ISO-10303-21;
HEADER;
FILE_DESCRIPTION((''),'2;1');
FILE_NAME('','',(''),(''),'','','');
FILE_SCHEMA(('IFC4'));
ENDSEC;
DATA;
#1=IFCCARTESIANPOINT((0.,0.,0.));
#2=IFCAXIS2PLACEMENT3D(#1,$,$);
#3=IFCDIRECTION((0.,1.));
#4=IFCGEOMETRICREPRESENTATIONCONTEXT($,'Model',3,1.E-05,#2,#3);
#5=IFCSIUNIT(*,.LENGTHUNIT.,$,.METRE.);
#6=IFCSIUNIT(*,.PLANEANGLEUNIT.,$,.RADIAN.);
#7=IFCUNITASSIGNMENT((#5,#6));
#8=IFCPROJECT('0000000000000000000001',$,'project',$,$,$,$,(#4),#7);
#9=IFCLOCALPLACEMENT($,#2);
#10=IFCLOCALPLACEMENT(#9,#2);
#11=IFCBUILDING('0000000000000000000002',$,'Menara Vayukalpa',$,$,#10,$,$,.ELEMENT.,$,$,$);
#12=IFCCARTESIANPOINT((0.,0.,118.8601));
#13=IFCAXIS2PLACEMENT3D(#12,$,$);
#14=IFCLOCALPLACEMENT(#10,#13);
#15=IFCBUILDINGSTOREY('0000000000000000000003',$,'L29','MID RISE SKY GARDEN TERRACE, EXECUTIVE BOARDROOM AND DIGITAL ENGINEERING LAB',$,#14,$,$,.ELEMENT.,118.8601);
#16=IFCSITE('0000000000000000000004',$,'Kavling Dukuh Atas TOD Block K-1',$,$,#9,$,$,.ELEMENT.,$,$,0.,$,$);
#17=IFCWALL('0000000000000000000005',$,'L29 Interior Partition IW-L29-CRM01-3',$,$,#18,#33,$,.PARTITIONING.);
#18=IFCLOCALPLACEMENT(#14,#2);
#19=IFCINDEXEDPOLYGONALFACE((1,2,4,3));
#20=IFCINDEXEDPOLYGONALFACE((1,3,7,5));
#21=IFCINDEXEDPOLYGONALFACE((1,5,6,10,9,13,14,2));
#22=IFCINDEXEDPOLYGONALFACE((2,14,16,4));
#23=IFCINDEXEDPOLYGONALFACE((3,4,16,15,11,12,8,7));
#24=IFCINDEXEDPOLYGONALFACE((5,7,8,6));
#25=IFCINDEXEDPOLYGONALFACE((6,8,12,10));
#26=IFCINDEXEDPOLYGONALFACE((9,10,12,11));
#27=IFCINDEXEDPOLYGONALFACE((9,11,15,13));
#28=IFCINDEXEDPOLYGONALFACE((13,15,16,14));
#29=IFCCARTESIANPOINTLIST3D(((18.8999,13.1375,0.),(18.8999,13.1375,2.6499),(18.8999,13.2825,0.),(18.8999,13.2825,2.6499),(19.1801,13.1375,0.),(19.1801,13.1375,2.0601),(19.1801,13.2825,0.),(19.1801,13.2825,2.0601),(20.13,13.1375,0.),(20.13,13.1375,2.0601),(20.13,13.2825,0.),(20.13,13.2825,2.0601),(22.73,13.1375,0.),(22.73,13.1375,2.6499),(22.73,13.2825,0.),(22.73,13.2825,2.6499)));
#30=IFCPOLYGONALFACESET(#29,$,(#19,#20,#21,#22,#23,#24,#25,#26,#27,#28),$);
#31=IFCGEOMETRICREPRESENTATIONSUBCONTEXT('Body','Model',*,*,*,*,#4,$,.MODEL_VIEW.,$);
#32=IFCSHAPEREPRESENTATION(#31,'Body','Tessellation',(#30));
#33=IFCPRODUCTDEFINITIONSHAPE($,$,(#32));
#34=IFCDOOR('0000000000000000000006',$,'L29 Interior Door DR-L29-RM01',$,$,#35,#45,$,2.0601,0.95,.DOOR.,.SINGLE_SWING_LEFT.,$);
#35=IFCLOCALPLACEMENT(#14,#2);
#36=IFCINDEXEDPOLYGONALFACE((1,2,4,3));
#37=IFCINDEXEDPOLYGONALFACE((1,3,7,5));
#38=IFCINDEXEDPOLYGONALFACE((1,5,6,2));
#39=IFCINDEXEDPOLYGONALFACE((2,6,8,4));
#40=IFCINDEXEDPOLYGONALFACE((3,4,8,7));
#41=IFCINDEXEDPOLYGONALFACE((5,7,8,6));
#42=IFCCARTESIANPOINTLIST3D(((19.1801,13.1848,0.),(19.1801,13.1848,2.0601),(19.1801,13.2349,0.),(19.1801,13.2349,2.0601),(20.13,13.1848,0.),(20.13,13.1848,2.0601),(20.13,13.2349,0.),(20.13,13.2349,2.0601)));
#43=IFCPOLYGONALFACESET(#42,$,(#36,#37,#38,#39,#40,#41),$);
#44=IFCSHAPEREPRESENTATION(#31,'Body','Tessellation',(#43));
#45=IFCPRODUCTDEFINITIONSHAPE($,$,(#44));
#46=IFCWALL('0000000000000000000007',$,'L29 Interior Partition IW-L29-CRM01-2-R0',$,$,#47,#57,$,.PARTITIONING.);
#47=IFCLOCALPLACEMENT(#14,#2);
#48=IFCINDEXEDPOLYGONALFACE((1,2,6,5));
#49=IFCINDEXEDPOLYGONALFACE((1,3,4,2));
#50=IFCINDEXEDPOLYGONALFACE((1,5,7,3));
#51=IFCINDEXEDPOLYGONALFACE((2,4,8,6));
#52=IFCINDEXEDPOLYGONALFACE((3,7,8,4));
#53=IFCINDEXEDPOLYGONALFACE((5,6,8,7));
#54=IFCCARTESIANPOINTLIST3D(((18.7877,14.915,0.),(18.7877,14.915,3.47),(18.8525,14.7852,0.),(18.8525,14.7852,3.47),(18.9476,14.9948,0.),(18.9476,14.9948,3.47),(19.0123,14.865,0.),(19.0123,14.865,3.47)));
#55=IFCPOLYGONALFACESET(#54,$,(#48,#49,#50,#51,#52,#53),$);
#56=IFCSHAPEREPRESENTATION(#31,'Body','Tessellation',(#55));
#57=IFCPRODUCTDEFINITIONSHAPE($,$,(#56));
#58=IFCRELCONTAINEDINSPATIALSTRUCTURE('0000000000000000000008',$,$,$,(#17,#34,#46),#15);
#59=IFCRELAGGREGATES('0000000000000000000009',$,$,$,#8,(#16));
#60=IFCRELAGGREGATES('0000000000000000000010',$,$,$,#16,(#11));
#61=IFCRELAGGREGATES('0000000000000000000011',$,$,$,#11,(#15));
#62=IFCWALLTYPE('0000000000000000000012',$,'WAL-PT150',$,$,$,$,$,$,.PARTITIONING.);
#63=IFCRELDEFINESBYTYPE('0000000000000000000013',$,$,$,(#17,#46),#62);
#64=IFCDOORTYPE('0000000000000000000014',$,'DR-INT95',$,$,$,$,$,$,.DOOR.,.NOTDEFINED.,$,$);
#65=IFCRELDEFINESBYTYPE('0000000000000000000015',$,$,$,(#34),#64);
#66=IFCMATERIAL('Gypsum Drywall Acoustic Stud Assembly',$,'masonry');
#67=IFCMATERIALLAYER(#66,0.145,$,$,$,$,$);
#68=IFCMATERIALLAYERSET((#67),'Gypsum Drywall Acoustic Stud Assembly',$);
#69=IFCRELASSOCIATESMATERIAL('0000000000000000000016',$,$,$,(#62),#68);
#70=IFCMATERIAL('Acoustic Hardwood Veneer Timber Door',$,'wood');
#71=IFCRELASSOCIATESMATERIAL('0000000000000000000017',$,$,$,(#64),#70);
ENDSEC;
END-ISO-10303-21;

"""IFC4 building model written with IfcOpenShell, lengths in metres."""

from ifc_helpers import new_model, si_unit, direction, frame, frame_2d, origin, place, context, subcontext, project, spatial, rectangle, extrude, material, layer, layer_set, type_object, element, fill, save


model = new_model("IFC4")

# Units and contexts
model_context = context("Model", 3, precision=1e-05, world=origin(), true_north=direction((0.0, 1.0)))
body_context = subcontext(model_context, "Body", "Model", "MODEL_VIEW")
ifc_project = project(units=[si_unit("LENGTHUNIT", "METRE"), si_unit("PLANEANGLEUNIT", "RADIAN")], contexts=[model_context])

# Site, building, storey
site_placement = place(None, origin())
site = spatial("IfcSite", under=ifc_project, at=site_placement, Name="Kavling Dukuh Atas TOD Block K-1", CompositionType="ELEMENT", RefElevation=0.0)
building_placement = place(site_placement, origin())
building = spatial("IfcBuilding", under=site, at=building_placement, Name="Menara Vayukalpa", CompositionType="ELEMENT")
storey_placement = place(building_placement, frame((0.0, 0.0, 118.8601)))
storey = spatial("IfcBuildingStorey", under=building, at=storey_placement, Name="L29", Description="MID RISE SKY GARDEN TERRACE, EXECUTIVE BOARDROOM AND DIGITAL ENGINEERING LAB", CompositionType="ELEMENT", Elevation=118.8601)

# Shared definitions
ifc_material_1 = material(Name="Gypsum Drywall Acoustic Stud Assembly", Category="masonry")
ifc_layer_1 = layer(ifc_material_1, 0.145)
ifc_layer_set_1 = layer_set([ifc_layer_1], Name="Gypsum Drywall Acoustic Stud Assembly")
wall_type_1 = type_object("IfcWallType", Name="WAL-PT150", PredefinedType="PARTITIONING", material=ifc_layer_set_1)
ifc_material_2 = material(Name="Acoustic Hardwood Veneer Timber Door", Category="wood")
door_type_1 = type_object("IfcDoorType", Name="DR-INT95", OperationType="NOTDEFINED", PredefinedType="DOOR", material=ifc_material_2)

# Wall, opening, door
wall_1_placement = place(storey_placement, frame((18.8999, 13.21, 0.0), z_axis=(0.0, 0.0, 1.0), x_axis=(1.0, 0.0, 0.0)))
wall_1 = element("IfcWall", 1, at=wall_1_placement, inside=storey, type_object=wall_type_1, Name="L29 Interior Partition IW-L29-CRM01-3", PredefinedType="PARTITIONING", context=body_context, shape_type="SweptSolid", body=[
    extrude(rectangle(XDim=3.8301, YDim=0.145, at=frame_2d((1.915, 0.0))), origin(), (0.0, 0.0, 1.0), 2.6499),
])
opening_1_placement = place(wall_1_placement, frame((0.28, 0.0, 0.0)))
opening_1 = element("IfcOpeningElement", 2, at=opening_1_placement, cuts=wall_1, PredefinedType="OPENING", context=body_context, shape_type="SweptSolid", body=[
    extrude(rectangle(XDim=0.95, YDim=2.0601, at=frame_2d((0.4751, 1.03))), frame((0.0, 0.0825, 0.0), z_axis=(0.0, -1.0, 0.0), x_axis=(1.0, 0.0, 0.0)), (0.0, 0.0, 1.0), 0.165),
])
door_1_placement = place(opening_1_placement, origin())
door_1 = element("IfcDoor", 3, at=door_1_placement, inside=storey, type_object=door_type_1, Name="L29 Interior Door DR-L29-RM01", OperationType="SINGLE_SWING_LEFT", OverallHeight=2.0601, OverallWidth=0.95, PredefinedType="DOOR", context=body_context, shape_type="SweptSolid", body=[
    extrude(rectangle(XDim=0.95, YDim=2.0601, at=frame_2d((0.4751, 1.03))), frame((0.0, 0.0249, 0.0), z_axis=(0.0, -1.0, 0.0), x_axis=(1.0, 0.0, 0.0)), (0.0, 0.0, 1.0), 0.05),
])
fill(opening_1, door_1)

# Wall
wall_2_placement = place(storey_placement, frame((18.8201, 14.8501, 0.0), z_axis=(0.0, 0.0, 1.0), x_axis=(0.8947, 0.446667, 0.0)))
element("IfcWall", 4, at=wall_2_placement, inside=storey, type_object=wall_type_1, Name="L29 Interior Partition IW-L29-CRM01-2-R0", PredefinedType="PARTITIONING", context=body_context, shape_type="SweptSolid", body=[
    extrude(rectangle(XDim=0.1787, YDim=0.145, at=frame_2d((0.0894, 0.0))), origin(), (0.0, 0.0, 1.0), 3.47),
])

save(model, "model.ifc")
